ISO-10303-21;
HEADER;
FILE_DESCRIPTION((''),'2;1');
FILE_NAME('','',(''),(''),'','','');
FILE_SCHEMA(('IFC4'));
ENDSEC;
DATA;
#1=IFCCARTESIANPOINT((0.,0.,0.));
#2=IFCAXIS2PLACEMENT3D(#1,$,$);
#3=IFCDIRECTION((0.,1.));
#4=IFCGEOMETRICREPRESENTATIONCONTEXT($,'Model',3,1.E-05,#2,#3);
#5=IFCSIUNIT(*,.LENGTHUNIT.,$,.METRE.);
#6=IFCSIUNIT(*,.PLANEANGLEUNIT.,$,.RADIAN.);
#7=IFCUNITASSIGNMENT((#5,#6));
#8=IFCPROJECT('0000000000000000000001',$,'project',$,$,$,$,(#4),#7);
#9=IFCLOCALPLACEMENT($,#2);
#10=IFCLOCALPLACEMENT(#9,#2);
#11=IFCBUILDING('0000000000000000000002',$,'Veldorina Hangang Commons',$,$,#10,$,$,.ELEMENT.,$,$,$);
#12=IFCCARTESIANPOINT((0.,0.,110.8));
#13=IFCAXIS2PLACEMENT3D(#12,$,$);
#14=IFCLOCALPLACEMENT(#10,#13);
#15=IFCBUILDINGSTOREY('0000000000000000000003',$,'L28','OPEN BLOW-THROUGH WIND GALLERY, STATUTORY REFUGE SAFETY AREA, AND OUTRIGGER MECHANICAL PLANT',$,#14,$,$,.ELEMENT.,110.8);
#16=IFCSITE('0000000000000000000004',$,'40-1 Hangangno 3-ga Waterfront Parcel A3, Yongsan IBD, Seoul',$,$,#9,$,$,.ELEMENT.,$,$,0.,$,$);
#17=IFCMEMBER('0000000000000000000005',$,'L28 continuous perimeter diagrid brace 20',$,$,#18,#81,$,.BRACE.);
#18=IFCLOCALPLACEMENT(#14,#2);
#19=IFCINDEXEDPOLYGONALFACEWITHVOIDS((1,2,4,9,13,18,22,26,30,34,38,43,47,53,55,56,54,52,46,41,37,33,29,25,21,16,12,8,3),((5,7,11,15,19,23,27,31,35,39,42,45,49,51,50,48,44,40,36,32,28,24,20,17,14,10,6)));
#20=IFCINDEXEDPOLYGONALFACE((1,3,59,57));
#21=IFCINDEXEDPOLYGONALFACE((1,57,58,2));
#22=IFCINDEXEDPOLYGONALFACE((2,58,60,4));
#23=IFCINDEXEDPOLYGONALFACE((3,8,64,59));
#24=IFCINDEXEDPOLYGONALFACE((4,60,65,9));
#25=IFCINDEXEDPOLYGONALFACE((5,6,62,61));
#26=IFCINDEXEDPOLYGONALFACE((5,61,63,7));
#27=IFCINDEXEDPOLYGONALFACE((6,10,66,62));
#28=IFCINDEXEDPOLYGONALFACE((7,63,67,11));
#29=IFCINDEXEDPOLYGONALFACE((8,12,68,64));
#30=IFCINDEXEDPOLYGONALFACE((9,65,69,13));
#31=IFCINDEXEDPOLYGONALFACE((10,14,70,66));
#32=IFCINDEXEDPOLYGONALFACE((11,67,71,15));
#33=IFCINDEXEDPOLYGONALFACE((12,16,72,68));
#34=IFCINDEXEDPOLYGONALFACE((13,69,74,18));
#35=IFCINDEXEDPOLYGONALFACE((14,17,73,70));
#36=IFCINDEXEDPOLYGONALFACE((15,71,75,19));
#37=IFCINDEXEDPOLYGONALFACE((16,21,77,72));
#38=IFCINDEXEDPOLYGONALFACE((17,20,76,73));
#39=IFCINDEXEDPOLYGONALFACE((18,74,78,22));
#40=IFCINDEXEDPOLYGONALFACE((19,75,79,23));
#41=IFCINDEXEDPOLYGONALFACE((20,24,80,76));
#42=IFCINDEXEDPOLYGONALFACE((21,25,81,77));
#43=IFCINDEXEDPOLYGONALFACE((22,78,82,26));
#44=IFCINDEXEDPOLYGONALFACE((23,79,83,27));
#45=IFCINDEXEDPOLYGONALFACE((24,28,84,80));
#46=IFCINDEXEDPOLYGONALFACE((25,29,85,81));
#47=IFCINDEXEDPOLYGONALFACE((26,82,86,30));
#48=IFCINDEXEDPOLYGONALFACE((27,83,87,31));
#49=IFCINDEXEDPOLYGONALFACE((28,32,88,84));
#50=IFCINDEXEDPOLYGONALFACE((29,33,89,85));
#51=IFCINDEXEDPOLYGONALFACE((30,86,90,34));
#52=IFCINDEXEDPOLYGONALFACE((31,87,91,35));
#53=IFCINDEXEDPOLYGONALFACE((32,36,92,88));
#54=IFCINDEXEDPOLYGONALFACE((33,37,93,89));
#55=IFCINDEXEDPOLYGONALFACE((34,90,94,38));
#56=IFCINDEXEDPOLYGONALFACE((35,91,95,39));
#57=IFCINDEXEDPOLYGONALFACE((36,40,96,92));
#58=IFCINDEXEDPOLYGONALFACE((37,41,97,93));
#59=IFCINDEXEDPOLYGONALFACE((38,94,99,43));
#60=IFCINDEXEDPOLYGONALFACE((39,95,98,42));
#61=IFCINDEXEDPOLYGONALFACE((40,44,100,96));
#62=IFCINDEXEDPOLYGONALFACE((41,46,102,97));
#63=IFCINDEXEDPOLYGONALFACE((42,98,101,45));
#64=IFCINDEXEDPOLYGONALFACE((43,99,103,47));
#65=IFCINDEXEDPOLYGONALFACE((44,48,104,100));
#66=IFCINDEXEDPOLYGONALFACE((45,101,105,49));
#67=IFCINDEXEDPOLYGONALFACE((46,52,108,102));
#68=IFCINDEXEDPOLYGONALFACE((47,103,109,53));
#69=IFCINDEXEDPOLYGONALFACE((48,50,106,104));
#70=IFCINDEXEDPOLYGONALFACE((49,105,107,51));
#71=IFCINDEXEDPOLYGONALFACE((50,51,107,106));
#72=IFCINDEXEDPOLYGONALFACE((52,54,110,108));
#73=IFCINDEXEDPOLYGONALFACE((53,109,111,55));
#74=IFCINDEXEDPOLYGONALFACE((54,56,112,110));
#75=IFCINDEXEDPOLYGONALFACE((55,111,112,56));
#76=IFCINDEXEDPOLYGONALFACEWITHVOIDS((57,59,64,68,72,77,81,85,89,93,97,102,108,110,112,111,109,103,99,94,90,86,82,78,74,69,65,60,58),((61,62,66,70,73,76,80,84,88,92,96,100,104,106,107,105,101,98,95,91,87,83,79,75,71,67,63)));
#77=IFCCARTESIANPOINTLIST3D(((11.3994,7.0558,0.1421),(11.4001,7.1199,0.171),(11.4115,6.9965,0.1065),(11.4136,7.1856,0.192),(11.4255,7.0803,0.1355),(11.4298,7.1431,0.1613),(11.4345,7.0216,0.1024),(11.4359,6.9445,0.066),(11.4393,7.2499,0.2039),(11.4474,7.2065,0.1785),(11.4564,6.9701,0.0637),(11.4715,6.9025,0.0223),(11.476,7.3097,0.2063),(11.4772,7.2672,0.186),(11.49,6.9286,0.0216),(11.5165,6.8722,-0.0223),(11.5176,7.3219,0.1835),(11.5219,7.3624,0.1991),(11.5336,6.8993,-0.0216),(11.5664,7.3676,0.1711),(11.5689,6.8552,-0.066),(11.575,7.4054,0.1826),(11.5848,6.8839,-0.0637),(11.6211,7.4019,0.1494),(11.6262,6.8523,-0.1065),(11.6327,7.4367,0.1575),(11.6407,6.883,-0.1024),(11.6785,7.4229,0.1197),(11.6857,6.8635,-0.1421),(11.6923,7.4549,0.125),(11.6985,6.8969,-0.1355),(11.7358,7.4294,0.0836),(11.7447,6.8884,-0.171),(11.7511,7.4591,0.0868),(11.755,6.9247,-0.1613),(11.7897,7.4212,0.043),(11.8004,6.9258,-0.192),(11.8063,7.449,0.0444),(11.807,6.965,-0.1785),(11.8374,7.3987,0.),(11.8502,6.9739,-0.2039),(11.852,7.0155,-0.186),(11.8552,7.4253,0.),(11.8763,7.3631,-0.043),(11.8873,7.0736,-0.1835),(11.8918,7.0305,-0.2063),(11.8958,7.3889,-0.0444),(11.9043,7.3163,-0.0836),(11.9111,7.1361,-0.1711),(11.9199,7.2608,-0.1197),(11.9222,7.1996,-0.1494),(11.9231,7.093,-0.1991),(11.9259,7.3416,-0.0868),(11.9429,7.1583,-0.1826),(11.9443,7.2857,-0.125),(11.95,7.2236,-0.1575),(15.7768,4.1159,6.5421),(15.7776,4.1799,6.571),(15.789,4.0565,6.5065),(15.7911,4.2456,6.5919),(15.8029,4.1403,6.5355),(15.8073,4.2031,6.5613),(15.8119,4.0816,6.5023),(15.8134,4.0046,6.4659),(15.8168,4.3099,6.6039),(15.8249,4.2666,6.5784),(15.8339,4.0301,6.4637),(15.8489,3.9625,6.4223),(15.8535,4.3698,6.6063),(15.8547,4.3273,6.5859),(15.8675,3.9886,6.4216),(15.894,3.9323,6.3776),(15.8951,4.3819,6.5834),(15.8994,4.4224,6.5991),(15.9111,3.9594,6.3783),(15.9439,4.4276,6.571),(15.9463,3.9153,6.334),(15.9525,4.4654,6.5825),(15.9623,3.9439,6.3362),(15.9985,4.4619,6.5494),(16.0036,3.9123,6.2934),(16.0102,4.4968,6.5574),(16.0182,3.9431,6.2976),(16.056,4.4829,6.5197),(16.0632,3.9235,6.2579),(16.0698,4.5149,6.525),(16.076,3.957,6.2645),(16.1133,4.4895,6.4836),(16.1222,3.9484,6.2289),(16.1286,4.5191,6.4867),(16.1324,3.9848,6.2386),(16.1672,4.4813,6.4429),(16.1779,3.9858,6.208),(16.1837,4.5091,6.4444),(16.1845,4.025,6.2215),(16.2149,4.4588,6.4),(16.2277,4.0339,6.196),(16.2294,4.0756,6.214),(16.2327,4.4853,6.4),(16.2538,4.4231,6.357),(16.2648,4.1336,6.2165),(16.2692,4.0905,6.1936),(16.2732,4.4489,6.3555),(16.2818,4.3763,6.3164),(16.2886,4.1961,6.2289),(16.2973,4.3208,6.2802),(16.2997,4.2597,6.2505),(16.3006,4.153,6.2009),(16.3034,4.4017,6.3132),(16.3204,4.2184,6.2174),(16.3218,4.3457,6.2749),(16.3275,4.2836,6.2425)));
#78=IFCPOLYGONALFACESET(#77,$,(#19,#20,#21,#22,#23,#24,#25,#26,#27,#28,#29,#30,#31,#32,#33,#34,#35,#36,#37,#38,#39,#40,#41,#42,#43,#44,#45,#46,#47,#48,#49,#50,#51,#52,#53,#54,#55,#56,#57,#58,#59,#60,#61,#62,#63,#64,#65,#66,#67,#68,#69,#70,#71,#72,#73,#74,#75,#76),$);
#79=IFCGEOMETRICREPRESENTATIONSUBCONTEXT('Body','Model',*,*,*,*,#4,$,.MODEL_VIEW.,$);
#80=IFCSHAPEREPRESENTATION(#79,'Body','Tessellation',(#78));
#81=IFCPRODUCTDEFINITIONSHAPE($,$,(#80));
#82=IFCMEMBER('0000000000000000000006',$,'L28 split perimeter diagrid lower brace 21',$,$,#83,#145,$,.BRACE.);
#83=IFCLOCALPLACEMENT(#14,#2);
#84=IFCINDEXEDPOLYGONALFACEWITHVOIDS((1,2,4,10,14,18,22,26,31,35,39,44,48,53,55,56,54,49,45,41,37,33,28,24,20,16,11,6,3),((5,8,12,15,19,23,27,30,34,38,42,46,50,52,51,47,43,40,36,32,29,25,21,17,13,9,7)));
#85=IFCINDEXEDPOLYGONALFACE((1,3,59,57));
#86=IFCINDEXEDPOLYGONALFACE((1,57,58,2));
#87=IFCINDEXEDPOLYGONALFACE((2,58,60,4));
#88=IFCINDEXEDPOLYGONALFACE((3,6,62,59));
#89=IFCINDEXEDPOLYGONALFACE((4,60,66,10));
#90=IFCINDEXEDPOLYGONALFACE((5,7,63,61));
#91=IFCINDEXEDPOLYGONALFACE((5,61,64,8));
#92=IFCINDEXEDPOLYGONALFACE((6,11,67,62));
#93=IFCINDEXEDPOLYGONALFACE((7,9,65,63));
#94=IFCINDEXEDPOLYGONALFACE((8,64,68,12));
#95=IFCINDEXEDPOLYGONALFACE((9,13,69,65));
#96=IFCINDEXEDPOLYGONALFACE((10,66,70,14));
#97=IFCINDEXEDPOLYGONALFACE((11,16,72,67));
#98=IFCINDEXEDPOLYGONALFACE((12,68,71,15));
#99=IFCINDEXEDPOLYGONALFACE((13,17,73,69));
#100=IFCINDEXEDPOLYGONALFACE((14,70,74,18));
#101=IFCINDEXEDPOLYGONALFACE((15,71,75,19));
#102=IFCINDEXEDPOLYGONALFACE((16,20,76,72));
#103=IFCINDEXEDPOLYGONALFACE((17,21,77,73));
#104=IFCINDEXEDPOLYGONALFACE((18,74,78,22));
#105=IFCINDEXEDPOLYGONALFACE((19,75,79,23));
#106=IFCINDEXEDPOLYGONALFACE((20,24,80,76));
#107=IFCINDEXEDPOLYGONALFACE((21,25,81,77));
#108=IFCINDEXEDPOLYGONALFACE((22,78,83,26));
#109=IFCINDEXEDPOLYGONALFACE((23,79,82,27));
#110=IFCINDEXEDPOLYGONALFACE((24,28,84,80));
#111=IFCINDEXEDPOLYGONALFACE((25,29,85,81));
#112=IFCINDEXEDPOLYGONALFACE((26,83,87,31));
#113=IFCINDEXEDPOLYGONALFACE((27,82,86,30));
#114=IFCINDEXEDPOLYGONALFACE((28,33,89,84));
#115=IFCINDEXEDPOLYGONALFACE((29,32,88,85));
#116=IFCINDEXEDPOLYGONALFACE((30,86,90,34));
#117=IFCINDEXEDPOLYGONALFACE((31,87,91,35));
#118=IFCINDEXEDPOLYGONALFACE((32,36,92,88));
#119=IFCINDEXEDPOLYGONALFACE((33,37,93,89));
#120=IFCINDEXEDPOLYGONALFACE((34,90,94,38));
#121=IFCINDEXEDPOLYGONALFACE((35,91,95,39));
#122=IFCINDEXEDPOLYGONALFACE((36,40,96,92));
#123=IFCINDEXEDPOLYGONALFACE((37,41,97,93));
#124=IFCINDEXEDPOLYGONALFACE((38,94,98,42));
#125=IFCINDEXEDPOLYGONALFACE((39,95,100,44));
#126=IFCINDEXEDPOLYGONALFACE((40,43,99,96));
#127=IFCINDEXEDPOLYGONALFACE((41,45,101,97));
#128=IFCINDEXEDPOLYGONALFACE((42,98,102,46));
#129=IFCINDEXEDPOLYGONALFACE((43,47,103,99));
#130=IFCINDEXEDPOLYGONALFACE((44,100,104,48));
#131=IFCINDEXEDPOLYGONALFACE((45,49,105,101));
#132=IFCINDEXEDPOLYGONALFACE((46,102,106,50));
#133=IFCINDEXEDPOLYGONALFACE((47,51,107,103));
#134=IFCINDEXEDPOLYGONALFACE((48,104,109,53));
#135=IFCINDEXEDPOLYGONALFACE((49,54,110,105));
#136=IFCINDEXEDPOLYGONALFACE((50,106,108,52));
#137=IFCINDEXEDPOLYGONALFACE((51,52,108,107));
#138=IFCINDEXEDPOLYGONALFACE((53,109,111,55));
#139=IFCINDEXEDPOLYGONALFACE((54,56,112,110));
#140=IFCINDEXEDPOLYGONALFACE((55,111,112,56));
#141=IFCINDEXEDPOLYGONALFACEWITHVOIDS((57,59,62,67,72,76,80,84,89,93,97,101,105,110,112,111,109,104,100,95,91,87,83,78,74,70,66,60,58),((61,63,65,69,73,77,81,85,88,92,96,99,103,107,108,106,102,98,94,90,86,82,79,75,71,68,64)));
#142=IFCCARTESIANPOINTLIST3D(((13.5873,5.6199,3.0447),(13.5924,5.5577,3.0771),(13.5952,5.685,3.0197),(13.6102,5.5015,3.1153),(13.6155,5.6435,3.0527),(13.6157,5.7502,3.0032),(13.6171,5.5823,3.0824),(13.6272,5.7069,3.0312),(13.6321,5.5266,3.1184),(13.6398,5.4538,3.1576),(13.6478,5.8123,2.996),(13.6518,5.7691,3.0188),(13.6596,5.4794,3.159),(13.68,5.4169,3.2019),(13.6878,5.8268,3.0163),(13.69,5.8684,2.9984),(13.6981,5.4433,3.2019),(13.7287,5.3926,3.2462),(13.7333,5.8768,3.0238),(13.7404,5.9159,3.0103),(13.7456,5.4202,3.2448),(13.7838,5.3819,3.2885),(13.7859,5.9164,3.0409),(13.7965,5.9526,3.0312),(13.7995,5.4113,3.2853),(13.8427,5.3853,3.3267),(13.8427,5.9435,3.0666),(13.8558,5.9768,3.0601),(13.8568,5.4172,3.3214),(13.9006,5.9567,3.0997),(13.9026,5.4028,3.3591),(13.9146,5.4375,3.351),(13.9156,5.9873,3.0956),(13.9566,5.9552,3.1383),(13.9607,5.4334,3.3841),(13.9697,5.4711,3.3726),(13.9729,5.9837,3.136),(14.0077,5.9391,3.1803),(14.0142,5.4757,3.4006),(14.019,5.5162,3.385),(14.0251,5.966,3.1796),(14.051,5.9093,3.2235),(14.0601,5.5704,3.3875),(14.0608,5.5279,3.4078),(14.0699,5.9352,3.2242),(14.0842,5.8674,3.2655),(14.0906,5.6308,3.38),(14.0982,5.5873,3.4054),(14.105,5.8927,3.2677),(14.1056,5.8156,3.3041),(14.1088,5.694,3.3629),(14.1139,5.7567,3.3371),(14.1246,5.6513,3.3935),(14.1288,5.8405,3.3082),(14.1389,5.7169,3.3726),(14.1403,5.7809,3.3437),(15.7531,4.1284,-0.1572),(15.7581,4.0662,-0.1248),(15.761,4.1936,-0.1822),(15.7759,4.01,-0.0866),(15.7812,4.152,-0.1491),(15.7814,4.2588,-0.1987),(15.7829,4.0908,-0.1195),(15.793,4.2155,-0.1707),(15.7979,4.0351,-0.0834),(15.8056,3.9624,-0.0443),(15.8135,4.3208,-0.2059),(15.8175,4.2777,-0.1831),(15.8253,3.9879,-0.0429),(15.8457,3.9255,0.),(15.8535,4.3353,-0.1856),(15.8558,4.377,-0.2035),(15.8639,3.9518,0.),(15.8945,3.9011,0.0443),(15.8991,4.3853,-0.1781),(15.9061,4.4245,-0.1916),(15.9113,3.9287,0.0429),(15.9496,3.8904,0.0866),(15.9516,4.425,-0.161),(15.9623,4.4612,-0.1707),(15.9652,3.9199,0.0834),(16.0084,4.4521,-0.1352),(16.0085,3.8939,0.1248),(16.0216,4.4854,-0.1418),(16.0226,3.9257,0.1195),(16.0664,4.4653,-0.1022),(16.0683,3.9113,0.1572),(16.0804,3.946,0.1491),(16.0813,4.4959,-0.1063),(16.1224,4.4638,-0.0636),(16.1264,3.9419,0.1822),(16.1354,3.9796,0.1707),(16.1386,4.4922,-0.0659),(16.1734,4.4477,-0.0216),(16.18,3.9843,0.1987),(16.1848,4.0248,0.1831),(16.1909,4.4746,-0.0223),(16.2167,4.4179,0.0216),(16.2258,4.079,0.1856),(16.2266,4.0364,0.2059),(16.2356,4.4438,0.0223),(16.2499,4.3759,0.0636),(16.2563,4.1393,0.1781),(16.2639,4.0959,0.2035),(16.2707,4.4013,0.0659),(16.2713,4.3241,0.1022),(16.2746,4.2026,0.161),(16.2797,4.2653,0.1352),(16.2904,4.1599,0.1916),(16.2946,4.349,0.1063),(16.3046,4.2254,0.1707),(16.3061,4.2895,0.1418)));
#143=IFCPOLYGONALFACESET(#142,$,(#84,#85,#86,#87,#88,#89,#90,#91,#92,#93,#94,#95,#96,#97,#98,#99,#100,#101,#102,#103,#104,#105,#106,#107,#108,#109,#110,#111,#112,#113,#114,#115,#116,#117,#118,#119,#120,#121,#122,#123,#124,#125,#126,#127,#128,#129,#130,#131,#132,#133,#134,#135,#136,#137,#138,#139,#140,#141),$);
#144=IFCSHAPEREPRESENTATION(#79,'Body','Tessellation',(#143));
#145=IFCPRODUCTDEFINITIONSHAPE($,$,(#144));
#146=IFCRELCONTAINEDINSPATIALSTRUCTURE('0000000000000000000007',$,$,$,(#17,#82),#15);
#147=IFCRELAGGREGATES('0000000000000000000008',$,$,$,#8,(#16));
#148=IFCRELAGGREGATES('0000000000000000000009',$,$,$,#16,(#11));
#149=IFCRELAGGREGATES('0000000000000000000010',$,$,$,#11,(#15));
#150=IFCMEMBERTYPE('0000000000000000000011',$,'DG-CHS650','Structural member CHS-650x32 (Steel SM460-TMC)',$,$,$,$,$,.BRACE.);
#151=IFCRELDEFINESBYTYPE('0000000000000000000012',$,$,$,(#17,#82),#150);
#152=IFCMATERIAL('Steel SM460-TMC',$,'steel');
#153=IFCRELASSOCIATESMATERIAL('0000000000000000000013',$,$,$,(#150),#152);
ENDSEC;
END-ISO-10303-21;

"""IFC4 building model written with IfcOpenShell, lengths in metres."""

from ifc_helpers import new_model, si_unit, direction, frame, origin, origin_2d, place, context, subcontext, project, spatial, hollow_circle, extrude, material, material_profile, profile_set, type_object, element, save


model = new_model("IFC4")

# Units and contexts
model_context = context("Model", 3, precision=1e-05, world=origin(), true_north=direction((0.0, 1.0)))
body_context = subcontext(model_context, "Body", "Model", "MODEL_VIEW")
ifc_project = project(units=[si_unit("LENGTHUNIT", "METRE"), si_unit("PLANEANGLEUNIT", "RADIAN")], contexts=[model_context])

# Site, building, storey
site_placement = place(None, origin())
site = spatial("IfcSite", under=ifc_project, at=site_placement, Name="40-1 Hangangno 3-ga Waterfront Parcel A3, Yongsan IBD, Seoul", CompositionType="ELEMENT", RefElevation=0.0)
building_placement = place(site_placement, origin())
building = spatial("IfcBuilding", under=site, at=building_placement, Name="Veldorina Hangang Commons", CompositionType="ELEMENT")
storey_placement = place(building_placement, frame((0.0, 0.0, 110.8)))
storey = spatial("IfcBuildingStorey", under=building, at=storey_placement, Name="L28", Description="OPEN BLOW-THROUGH WIND GALLERY, STATUTORY REFUGE SAFETY AREA, AND OUTRIGGER MECHANICAL PLANT", CompositionType="ELEMENT", Elevation=110.8)

# Shared definitions
ifc_material_1 = material(Name="Steel SM460-TMC", Category="steel")

# Members
ifc_material_profile_1 = material_profile(ifc_material_1, hollow_circle(Radius=0.325, WallThickness=0.032, at=origin_2d()), Name="CHS-650x32")
ifc_profile_set_1 = profile_set([ifc_material_profile_1], Name="Steel SM460-TMC")
member_type_1 = type_object("IfcMemberType", Name="DG-CHS650", Description="Structural member CHS-650x32 (Steel SM460-TMC)", PredefinedType="BRACE", material=ifc_profile_set_1)
member_1_placement = place(storey_placement, frame((11.6741, 7.1555, 0.0), z_axis=(0.527886, -0.354534, 0.771779), x_axis=(0.557539, 0.830151, 0.0)))
element("IfcMember", 1, at=member_1_placement, inside=storey, type_object=member_type_1, Name="L28 continuous perimeter diagrid brace 20", PredefinedType="BRACE", context=body_context, shape_type="SweptSolid", body=[
    extrude(hollow_circle(Radius=0.325, WallThickness=0.032, at=origin_2d()), origin(), (0.0, 0.0, 1.0), 8.2925),
])
member_2_placement = place(storey_placement, frame((16.03, 4.1931, 0.0), z_axis=(-0.522713, 0.359965, 0.772785), x_axis=(-0.567171, -0.8236, 0.0)))
element("IfcMember", 2, at=member_2_placement, inside=storey, type_object=member_type_1, Name="L28 split perimeter diagrid lower brace 21", PredefinedType="BRACE", context=body_context, shape_type="SweptSolid", body=[
    extrude(hollow_circle(Radius=0.325, WallThickness=0.032, at=origin_2d()), origin(), (0.0, 0.0, 1.0), 4.1433),
])

save(model, "model.ifc")
